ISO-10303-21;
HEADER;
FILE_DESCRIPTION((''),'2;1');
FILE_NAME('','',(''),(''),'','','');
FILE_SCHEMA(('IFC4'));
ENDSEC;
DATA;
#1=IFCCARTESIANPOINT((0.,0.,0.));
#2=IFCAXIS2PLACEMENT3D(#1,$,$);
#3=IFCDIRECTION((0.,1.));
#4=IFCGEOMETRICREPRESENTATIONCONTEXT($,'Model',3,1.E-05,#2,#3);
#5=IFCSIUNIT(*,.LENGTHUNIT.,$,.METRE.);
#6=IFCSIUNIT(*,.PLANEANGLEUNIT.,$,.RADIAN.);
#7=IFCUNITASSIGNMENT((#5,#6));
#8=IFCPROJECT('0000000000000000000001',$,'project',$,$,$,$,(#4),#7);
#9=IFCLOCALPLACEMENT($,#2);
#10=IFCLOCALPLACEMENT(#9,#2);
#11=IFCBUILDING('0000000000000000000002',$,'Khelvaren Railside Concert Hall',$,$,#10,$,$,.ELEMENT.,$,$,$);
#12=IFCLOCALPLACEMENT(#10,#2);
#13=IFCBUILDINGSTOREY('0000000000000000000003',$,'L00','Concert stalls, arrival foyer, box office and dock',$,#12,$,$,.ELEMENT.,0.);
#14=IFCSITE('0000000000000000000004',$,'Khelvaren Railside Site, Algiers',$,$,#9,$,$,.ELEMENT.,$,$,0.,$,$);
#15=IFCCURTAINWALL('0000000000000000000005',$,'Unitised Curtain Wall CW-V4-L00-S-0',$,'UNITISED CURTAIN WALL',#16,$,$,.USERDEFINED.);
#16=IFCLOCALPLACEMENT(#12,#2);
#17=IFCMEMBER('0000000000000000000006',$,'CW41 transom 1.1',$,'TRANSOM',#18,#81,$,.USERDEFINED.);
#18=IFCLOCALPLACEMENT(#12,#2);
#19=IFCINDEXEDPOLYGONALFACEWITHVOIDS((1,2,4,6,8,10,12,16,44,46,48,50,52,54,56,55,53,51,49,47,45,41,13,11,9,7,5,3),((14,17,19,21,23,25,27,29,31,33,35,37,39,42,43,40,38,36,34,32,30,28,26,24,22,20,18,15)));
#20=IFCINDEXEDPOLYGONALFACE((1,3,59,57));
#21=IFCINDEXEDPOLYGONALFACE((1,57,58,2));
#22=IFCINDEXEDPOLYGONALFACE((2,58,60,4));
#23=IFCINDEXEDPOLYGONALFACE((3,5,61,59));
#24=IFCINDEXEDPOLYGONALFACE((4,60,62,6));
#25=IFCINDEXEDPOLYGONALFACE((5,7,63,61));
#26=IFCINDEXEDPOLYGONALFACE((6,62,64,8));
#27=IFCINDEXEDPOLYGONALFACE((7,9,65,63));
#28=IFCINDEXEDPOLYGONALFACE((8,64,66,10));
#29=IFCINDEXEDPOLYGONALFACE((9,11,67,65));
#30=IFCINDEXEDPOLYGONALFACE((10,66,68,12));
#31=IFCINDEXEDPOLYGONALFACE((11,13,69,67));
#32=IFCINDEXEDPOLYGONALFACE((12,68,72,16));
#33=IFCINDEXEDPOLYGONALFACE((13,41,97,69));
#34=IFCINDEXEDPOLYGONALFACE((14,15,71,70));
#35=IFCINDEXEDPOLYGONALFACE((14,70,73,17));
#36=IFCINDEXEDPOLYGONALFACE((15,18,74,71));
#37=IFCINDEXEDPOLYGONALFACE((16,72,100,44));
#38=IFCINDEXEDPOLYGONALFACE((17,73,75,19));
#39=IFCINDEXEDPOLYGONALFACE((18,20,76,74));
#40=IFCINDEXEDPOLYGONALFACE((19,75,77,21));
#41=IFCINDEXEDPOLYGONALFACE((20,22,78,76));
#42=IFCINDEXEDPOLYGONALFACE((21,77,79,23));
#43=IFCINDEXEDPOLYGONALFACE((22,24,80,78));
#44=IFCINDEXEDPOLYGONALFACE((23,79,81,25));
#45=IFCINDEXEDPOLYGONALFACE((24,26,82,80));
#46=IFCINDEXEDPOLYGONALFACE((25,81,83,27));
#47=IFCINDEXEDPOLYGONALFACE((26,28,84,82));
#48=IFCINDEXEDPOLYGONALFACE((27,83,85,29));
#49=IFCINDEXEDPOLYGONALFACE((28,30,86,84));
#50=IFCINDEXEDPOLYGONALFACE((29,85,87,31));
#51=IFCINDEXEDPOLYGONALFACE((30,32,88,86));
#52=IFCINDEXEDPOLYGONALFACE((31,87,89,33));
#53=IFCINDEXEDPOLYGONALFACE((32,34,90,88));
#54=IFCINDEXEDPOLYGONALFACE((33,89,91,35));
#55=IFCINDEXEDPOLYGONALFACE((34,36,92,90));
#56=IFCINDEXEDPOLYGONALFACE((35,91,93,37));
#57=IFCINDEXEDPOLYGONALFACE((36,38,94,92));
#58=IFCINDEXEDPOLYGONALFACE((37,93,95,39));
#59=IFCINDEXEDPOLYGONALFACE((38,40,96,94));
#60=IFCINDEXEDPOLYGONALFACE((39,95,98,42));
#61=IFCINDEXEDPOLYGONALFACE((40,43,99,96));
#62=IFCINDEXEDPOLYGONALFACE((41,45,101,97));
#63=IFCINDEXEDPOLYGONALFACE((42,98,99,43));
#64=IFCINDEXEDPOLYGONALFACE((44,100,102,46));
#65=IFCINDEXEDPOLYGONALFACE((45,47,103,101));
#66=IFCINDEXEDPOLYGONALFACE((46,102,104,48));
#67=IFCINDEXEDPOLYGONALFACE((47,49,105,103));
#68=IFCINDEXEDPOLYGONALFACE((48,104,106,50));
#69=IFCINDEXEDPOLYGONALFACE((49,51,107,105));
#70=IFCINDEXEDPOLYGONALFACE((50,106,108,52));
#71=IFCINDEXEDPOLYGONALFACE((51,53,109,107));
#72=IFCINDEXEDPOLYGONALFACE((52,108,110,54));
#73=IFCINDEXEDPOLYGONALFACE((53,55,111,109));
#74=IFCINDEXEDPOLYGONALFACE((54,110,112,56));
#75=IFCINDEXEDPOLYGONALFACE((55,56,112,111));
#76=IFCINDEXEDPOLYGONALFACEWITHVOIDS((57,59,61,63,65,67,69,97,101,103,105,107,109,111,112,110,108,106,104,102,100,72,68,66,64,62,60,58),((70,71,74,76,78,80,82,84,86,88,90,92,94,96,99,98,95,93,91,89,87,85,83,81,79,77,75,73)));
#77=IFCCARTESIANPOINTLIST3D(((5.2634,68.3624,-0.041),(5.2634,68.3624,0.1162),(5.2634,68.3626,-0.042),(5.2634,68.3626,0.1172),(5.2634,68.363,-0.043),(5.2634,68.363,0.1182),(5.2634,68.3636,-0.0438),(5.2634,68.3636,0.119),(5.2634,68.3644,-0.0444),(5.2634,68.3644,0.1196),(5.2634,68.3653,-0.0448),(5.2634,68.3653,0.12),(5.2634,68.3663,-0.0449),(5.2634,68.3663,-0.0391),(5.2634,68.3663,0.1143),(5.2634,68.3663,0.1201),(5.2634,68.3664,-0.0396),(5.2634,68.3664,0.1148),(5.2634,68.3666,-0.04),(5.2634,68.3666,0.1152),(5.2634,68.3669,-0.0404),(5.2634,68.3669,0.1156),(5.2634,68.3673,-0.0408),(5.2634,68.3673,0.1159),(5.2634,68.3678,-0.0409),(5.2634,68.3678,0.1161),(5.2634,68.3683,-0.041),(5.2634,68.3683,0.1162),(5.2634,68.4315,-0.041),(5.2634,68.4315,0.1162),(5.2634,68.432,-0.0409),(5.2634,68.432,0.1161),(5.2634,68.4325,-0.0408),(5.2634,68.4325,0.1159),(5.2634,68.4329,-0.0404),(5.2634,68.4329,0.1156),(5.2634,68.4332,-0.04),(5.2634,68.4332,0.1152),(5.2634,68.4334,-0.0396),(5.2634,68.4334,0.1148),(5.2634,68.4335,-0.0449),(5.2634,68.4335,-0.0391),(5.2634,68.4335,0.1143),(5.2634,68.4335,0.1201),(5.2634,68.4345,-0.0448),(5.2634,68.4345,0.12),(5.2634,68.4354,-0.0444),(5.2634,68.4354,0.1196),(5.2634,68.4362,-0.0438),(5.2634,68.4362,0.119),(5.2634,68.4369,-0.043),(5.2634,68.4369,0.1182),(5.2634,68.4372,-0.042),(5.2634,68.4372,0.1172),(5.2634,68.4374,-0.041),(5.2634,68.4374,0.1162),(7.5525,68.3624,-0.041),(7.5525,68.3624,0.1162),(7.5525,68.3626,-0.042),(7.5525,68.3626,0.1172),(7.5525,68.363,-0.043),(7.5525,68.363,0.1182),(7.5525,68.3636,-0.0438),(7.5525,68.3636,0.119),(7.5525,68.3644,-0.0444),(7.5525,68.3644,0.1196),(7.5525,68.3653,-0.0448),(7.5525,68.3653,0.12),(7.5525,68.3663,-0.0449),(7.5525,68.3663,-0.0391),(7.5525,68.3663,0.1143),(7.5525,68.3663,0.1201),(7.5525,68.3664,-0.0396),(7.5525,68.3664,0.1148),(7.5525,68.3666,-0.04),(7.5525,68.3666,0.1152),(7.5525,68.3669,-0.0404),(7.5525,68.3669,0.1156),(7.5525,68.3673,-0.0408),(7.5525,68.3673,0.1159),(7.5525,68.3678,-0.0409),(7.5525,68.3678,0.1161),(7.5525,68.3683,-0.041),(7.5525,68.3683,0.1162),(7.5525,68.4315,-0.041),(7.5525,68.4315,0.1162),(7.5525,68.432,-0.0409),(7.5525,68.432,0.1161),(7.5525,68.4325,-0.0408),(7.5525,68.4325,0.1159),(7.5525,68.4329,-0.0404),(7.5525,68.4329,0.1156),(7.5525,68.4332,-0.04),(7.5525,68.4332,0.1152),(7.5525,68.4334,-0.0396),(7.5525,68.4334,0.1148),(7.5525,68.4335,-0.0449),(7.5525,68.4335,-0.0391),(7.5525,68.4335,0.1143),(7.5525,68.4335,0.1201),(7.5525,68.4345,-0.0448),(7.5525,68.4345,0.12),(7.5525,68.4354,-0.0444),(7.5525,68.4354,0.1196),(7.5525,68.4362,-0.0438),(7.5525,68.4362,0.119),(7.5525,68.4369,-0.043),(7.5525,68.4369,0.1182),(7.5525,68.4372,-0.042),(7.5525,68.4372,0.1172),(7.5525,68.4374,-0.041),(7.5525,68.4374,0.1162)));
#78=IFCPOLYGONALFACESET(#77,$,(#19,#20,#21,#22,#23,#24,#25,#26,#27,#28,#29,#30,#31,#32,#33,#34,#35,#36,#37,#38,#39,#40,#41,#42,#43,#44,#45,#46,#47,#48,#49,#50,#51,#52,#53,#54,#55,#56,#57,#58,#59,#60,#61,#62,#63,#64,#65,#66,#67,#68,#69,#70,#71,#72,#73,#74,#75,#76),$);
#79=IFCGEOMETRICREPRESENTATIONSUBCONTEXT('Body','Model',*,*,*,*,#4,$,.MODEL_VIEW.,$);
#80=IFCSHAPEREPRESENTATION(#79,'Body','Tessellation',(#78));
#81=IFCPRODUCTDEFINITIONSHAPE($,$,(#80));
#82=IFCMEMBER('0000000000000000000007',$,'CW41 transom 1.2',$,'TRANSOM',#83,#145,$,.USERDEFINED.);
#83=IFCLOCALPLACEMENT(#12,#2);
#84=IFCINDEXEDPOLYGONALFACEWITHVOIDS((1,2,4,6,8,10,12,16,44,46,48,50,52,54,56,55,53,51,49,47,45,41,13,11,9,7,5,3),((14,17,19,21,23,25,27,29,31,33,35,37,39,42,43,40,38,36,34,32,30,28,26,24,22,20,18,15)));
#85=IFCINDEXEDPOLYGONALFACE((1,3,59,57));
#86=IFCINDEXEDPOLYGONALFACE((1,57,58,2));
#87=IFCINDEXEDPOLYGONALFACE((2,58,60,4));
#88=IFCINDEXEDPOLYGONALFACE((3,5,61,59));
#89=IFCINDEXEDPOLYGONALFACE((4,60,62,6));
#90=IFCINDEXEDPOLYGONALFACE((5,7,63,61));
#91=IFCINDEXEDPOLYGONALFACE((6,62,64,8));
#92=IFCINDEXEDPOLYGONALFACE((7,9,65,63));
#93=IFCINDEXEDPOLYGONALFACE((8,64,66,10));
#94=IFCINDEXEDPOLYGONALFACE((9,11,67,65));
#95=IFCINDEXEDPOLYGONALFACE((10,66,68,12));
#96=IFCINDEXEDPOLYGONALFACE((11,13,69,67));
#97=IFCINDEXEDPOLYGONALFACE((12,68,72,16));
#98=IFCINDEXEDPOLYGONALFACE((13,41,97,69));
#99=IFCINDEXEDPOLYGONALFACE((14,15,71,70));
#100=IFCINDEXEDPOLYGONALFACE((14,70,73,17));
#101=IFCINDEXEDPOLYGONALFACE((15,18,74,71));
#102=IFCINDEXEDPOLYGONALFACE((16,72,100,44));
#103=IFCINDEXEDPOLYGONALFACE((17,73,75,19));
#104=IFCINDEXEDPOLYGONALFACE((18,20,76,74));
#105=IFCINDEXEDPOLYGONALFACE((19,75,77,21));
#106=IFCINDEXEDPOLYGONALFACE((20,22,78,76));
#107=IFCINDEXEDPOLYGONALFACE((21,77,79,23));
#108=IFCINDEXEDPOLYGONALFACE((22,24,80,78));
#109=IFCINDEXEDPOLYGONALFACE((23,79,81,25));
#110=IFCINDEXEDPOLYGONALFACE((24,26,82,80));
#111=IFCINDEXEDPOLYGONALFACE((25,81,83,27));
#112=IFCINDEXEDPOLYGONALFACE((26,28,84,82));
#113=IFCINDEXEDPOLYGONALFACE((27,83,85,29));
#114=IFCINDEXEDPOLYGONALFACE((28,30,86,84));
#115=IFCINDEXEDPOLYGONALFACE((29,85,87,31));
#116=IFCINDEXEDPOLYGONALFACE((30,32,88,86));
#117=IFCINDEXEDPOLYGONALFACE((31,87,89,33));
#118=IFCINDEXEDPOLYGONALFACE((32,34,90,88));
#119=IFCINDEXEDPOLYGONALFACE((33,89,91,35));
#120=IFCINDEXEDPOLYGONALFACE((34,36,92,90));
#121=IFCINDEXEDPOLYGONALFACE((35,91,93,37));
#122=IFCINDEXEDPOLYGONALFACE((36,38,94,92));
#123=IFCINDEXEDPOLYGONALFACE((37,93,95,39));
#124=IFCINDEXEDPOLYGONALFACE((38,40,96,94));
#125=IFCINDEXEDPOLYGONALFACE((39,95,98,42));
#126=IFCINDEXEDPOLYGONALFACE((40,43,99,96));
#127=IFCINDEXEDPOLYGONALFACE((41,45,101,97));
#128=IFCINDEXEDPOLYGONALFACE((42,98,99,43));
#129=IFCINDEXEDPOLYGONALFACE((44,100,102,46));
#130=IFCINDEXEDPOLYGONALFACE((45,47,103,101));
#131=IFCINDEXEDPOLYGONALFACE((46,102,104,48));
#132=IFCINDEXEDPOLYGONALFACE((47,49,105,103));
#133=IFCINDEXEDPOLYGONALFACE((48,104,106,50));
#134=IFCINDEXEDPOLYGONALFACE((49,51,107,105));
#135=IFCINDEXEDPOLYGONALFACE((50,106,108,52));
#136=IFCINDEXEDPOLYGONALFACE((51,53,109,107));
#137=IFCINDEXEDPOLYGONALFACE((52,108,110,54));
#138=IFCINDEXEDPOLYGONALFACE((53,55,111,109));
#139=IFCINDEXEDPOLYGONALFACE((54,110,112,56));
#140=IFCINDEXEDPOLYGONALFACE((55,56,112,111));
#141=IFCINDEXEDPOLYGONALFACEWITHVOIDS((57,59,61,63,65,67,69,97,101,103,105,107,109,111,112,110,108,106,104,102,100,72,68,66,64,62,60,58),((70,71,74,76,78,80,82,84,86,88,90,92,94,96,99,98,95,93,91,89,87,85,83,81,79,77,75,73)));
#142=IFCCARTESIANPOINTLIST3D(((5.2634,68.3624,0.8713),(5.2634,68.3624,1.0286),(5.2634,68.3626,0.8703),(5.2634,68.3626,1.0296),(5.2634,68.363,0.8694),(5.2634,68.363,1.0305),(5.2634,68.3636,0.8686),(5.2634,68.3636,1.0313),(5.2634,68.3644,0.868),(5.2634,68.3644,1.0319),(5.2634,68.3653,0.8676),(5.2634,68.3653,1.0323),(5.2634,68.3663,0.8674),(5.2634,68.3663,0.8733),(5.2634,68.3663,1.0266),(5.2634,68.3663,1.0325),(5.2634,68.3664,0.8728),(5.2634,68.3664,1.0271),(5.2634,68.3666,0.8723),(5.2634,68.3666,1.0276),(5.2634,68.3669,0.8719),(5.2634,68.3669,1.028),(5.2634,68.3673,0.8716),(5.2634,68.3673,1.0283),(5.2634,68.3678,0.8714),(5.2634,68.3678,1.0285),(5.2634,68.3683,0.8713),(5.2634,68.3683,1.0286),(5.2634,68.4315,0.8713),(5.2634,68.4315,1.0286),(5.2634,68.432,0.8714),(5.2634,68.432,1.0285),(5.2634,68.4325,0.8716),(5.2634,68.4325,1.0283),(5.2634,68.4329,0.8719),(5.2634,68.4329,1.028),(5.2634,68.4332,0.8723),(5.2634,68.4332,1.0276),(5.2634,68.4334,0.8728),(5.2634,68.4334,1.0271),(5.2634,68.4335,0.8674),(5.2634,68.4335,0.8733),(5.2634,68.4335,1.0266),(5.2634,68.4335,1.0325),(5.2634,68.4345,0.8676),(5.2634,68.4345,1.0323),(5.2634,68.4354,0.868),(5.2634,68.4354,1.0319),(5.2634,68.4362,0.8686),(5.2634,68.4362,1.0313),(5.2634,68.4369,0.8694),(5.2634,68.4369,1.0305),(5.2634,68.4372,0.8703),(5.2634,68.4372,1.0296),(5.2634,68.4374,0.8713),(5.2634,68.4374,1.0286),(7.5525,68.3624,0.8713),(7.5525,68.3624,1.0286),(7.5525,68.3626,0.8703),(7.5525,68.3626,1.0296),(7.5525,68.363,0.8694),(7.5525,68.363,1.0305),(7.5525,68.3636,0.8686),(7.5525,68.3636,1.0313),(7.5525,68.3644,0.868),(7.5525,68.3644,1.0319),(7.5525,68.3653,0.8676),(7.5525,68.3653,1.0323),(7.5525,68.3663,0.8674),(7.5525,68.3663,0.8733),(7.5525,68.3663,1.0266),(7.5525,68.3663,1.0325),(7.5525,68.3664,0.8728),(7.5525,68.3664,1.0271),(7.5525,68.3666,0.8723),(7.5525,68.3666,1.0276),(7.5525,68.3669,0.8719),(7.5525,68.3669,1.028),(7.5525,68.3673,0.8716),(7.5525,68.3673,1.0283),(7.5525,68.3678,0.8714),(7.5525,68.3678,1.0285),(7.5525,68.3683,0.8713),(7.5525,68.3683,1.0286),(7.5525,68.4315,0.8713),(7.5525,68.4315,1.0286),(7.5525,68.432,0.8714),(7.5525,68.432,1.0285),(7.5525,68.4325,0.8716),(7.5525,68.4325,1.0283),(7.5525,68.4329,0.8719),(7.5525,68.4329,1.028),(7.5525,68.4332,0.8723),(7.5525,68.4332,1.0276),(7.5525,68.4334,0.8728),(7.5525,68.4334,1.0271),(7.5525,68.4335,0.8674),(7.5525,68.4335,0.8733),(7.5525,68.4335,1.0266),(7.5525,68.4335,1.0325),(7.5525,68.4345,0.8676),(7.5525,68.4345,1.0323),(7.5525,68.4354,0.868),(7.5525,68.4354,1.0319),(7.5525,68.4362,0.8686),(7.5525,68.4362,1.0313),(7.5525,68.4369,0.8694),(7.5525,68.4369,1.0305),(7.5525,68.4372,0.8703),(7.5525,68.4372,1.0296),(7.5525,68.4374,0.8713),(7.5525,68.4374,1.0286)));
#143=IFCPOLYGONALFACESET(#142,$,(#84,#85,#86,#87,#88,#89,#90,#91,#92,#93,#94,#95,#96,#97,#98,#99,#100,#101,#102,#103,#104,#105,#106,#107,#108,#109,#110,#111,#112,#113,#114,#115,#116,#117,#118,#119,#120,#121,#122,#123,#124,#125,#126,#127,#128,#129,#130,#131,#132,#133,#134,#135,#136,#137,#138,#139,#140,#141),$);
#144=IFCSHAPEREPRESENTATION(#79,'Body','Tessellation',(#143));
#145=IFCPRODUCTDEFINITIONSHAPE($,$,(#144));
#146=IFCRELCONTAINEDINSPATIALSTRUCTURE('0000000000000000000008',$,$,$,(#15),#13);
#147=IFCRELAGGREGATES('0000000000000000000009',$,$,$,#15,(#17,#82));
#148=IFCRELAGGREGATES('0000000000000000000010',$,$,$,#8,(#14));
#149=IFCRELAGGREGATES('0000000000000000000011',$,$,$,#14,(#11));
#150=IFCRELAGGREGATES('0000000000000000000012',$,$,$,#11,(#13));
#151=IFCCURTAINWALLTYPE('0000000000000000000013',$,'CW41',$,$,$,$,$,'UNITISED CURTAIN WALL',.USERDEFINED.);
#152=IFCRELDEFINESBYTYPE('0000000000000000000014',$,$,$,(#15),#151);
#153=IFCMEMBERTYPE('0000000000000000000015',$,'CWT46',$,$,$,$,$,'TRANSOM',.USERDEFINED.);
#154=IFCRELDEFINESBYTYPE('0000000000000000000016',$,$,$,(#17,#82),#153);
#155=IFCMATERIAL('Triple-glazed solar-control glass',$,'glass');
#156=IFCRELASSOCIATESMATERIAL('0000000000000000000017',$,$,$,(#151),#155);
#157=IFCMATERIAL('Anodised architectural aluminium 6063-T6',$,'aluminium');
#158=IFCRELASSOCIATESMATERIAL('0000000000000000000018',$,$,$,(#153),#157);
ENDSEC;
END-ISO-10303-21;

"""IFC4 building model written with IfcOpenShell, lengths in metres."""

from ifc_helpers import new_model, si_unit, direction, frame, origin, origin_2d, place, context, subcontext, project, spatial, hollow_rectangle, extrude, material, material_profile, profile_set, type_object, element, aggregate, save


model = new_model("IFC4")

# Units and contexts
model_context = context("Model", 3, precision=1e-05, world=origin(), true_north=direction((0.0, 1.0)))
body_context = subcontext(model_context, "Body", "Model", "MODEL_VIEW")
ifc_project = project(units=[si_unit("LENGTHUNIT", "METRE"), si_unit("PLANEANGLEUNIT", "RADIAN")], contexts=[model_context])

# Site, building, storey
site_placement = place(None, origin())
site = spatial("IfcSite", under=ifc_project, at=site_placement, Name="Khelvaren Railside Site, Algiers", CompositionType="ELEMENT", RefElevation=0.0)
building_placement = place(site_placement, origin())
building = spatial("IfcBuilding", under=site, at=building_placement, Name="Khelvaren Railside Concert Hall", CompositionType="ELEMENT")
storey_placement = place(building_placement, origin())
storey = spatial("IfcBuildingStorey", under=building, at=storey_placement, Name="L00", Description="Concert stalls, arrival foyer, box office and dock", CompositionType="ELEMENT", Elevation=0.0)

# Curtain wall
ifc_material_1 = material(Name="Triple-glazed solar-control glass", Category="glass")
curtain_wall_type_1 = type_object("IfcCurtainWallType", Name="CW41", ElementType="UNITISED CURTAIN WALL", PredefinedType="USERDEFINED", material=ifc_material_1)
curtain_wall_1_placement = place(storey_placement, origin())
curtain_wall_1 = element("IfcCurtainWall", 1, at=curtain_wall_1_placement, inside=storey, type_object=curtain_wall_type_1, Name="Unitised Curtain Wall CW-V4-L00-S-0", ObjectType="UNITISED CURTAIN WALL", PredefinedType="USERDEFINED")
ifc_material_2 = material(Name="Anodised architectural aluminium 6063-T6", Category="aluminium")

# Members
ifc_material_profile_1 = material_profile(ifc_material_2, hollow_rectangle(XDim=0.075, YDim=0.165, WallThickness=0.0039, InnerFilletRadius=0.002, OuterFilletRadius=0.0039, at=origin_2d()), Name="CWT 75x165x4")
ifc_profile_set_1 = profile_set([ifc_material_profile_1], Name="Anodised architectural aluminium 6063-T6")
member_type_1 = type_object("IfcMemberType", Name="CWT46", ElementType="TRANSOM", PredefinedType="USERDEFINED", material=ifc_profile_set_1)
member_1_placement = place(storey_placement, frame((7.5525, 68.3999, 0.0376), z_axis=(-1.0, 0.0, 0.0), x_axis=(0.0, -1.0, 0.0)))
member_1 = element("IfcMember", 2, at=member_1_placement, type_object=member_type_1, Name="CW41 transom 1.1", ObjectType="TRANSOM", PredefinedType="USERDEFINED", context=body_context, shape_type="SweptSolid", body=[
    extrude(hollow_rectangle(XDim=0.075, YDim=0.165, WallThickness=0.0039, InnerFilletRadius=0.002, OuterFilletRadius=0.0039, at=origin_2d()), origin(), (0.0, 0.0, 1.0), 2.2891),
])
member_2_placement = place(storey_placement, frame((7.5525, 68.3999, 0.95), z_axis=(-1.0, 0.0, 0.0), x_axis=(0.0, -1.0, 0.0)))
member_2 = element("IfcMember", 3, at=member_2_placement, type_object=member_type_1, Name="CW41 transom 1.2", ObjectType="TRANSOM", PredefinedType="USERDEFINED", context=body_context, shape_type="SweptSolid", body=[
    extrude(hollow_rectangle(XDim=0.075, YDim=0.165, WallThickness=0.0039, InnerFilletRadius=0.002, OuterFilletRadius=0.0039, at=origin_2d()), origin(), (0.0, 0.0, 1.0), 2.2891),
])

aggregate(curtain_wall_1, [member_1, member_2])

save(model, "model.ifc")
